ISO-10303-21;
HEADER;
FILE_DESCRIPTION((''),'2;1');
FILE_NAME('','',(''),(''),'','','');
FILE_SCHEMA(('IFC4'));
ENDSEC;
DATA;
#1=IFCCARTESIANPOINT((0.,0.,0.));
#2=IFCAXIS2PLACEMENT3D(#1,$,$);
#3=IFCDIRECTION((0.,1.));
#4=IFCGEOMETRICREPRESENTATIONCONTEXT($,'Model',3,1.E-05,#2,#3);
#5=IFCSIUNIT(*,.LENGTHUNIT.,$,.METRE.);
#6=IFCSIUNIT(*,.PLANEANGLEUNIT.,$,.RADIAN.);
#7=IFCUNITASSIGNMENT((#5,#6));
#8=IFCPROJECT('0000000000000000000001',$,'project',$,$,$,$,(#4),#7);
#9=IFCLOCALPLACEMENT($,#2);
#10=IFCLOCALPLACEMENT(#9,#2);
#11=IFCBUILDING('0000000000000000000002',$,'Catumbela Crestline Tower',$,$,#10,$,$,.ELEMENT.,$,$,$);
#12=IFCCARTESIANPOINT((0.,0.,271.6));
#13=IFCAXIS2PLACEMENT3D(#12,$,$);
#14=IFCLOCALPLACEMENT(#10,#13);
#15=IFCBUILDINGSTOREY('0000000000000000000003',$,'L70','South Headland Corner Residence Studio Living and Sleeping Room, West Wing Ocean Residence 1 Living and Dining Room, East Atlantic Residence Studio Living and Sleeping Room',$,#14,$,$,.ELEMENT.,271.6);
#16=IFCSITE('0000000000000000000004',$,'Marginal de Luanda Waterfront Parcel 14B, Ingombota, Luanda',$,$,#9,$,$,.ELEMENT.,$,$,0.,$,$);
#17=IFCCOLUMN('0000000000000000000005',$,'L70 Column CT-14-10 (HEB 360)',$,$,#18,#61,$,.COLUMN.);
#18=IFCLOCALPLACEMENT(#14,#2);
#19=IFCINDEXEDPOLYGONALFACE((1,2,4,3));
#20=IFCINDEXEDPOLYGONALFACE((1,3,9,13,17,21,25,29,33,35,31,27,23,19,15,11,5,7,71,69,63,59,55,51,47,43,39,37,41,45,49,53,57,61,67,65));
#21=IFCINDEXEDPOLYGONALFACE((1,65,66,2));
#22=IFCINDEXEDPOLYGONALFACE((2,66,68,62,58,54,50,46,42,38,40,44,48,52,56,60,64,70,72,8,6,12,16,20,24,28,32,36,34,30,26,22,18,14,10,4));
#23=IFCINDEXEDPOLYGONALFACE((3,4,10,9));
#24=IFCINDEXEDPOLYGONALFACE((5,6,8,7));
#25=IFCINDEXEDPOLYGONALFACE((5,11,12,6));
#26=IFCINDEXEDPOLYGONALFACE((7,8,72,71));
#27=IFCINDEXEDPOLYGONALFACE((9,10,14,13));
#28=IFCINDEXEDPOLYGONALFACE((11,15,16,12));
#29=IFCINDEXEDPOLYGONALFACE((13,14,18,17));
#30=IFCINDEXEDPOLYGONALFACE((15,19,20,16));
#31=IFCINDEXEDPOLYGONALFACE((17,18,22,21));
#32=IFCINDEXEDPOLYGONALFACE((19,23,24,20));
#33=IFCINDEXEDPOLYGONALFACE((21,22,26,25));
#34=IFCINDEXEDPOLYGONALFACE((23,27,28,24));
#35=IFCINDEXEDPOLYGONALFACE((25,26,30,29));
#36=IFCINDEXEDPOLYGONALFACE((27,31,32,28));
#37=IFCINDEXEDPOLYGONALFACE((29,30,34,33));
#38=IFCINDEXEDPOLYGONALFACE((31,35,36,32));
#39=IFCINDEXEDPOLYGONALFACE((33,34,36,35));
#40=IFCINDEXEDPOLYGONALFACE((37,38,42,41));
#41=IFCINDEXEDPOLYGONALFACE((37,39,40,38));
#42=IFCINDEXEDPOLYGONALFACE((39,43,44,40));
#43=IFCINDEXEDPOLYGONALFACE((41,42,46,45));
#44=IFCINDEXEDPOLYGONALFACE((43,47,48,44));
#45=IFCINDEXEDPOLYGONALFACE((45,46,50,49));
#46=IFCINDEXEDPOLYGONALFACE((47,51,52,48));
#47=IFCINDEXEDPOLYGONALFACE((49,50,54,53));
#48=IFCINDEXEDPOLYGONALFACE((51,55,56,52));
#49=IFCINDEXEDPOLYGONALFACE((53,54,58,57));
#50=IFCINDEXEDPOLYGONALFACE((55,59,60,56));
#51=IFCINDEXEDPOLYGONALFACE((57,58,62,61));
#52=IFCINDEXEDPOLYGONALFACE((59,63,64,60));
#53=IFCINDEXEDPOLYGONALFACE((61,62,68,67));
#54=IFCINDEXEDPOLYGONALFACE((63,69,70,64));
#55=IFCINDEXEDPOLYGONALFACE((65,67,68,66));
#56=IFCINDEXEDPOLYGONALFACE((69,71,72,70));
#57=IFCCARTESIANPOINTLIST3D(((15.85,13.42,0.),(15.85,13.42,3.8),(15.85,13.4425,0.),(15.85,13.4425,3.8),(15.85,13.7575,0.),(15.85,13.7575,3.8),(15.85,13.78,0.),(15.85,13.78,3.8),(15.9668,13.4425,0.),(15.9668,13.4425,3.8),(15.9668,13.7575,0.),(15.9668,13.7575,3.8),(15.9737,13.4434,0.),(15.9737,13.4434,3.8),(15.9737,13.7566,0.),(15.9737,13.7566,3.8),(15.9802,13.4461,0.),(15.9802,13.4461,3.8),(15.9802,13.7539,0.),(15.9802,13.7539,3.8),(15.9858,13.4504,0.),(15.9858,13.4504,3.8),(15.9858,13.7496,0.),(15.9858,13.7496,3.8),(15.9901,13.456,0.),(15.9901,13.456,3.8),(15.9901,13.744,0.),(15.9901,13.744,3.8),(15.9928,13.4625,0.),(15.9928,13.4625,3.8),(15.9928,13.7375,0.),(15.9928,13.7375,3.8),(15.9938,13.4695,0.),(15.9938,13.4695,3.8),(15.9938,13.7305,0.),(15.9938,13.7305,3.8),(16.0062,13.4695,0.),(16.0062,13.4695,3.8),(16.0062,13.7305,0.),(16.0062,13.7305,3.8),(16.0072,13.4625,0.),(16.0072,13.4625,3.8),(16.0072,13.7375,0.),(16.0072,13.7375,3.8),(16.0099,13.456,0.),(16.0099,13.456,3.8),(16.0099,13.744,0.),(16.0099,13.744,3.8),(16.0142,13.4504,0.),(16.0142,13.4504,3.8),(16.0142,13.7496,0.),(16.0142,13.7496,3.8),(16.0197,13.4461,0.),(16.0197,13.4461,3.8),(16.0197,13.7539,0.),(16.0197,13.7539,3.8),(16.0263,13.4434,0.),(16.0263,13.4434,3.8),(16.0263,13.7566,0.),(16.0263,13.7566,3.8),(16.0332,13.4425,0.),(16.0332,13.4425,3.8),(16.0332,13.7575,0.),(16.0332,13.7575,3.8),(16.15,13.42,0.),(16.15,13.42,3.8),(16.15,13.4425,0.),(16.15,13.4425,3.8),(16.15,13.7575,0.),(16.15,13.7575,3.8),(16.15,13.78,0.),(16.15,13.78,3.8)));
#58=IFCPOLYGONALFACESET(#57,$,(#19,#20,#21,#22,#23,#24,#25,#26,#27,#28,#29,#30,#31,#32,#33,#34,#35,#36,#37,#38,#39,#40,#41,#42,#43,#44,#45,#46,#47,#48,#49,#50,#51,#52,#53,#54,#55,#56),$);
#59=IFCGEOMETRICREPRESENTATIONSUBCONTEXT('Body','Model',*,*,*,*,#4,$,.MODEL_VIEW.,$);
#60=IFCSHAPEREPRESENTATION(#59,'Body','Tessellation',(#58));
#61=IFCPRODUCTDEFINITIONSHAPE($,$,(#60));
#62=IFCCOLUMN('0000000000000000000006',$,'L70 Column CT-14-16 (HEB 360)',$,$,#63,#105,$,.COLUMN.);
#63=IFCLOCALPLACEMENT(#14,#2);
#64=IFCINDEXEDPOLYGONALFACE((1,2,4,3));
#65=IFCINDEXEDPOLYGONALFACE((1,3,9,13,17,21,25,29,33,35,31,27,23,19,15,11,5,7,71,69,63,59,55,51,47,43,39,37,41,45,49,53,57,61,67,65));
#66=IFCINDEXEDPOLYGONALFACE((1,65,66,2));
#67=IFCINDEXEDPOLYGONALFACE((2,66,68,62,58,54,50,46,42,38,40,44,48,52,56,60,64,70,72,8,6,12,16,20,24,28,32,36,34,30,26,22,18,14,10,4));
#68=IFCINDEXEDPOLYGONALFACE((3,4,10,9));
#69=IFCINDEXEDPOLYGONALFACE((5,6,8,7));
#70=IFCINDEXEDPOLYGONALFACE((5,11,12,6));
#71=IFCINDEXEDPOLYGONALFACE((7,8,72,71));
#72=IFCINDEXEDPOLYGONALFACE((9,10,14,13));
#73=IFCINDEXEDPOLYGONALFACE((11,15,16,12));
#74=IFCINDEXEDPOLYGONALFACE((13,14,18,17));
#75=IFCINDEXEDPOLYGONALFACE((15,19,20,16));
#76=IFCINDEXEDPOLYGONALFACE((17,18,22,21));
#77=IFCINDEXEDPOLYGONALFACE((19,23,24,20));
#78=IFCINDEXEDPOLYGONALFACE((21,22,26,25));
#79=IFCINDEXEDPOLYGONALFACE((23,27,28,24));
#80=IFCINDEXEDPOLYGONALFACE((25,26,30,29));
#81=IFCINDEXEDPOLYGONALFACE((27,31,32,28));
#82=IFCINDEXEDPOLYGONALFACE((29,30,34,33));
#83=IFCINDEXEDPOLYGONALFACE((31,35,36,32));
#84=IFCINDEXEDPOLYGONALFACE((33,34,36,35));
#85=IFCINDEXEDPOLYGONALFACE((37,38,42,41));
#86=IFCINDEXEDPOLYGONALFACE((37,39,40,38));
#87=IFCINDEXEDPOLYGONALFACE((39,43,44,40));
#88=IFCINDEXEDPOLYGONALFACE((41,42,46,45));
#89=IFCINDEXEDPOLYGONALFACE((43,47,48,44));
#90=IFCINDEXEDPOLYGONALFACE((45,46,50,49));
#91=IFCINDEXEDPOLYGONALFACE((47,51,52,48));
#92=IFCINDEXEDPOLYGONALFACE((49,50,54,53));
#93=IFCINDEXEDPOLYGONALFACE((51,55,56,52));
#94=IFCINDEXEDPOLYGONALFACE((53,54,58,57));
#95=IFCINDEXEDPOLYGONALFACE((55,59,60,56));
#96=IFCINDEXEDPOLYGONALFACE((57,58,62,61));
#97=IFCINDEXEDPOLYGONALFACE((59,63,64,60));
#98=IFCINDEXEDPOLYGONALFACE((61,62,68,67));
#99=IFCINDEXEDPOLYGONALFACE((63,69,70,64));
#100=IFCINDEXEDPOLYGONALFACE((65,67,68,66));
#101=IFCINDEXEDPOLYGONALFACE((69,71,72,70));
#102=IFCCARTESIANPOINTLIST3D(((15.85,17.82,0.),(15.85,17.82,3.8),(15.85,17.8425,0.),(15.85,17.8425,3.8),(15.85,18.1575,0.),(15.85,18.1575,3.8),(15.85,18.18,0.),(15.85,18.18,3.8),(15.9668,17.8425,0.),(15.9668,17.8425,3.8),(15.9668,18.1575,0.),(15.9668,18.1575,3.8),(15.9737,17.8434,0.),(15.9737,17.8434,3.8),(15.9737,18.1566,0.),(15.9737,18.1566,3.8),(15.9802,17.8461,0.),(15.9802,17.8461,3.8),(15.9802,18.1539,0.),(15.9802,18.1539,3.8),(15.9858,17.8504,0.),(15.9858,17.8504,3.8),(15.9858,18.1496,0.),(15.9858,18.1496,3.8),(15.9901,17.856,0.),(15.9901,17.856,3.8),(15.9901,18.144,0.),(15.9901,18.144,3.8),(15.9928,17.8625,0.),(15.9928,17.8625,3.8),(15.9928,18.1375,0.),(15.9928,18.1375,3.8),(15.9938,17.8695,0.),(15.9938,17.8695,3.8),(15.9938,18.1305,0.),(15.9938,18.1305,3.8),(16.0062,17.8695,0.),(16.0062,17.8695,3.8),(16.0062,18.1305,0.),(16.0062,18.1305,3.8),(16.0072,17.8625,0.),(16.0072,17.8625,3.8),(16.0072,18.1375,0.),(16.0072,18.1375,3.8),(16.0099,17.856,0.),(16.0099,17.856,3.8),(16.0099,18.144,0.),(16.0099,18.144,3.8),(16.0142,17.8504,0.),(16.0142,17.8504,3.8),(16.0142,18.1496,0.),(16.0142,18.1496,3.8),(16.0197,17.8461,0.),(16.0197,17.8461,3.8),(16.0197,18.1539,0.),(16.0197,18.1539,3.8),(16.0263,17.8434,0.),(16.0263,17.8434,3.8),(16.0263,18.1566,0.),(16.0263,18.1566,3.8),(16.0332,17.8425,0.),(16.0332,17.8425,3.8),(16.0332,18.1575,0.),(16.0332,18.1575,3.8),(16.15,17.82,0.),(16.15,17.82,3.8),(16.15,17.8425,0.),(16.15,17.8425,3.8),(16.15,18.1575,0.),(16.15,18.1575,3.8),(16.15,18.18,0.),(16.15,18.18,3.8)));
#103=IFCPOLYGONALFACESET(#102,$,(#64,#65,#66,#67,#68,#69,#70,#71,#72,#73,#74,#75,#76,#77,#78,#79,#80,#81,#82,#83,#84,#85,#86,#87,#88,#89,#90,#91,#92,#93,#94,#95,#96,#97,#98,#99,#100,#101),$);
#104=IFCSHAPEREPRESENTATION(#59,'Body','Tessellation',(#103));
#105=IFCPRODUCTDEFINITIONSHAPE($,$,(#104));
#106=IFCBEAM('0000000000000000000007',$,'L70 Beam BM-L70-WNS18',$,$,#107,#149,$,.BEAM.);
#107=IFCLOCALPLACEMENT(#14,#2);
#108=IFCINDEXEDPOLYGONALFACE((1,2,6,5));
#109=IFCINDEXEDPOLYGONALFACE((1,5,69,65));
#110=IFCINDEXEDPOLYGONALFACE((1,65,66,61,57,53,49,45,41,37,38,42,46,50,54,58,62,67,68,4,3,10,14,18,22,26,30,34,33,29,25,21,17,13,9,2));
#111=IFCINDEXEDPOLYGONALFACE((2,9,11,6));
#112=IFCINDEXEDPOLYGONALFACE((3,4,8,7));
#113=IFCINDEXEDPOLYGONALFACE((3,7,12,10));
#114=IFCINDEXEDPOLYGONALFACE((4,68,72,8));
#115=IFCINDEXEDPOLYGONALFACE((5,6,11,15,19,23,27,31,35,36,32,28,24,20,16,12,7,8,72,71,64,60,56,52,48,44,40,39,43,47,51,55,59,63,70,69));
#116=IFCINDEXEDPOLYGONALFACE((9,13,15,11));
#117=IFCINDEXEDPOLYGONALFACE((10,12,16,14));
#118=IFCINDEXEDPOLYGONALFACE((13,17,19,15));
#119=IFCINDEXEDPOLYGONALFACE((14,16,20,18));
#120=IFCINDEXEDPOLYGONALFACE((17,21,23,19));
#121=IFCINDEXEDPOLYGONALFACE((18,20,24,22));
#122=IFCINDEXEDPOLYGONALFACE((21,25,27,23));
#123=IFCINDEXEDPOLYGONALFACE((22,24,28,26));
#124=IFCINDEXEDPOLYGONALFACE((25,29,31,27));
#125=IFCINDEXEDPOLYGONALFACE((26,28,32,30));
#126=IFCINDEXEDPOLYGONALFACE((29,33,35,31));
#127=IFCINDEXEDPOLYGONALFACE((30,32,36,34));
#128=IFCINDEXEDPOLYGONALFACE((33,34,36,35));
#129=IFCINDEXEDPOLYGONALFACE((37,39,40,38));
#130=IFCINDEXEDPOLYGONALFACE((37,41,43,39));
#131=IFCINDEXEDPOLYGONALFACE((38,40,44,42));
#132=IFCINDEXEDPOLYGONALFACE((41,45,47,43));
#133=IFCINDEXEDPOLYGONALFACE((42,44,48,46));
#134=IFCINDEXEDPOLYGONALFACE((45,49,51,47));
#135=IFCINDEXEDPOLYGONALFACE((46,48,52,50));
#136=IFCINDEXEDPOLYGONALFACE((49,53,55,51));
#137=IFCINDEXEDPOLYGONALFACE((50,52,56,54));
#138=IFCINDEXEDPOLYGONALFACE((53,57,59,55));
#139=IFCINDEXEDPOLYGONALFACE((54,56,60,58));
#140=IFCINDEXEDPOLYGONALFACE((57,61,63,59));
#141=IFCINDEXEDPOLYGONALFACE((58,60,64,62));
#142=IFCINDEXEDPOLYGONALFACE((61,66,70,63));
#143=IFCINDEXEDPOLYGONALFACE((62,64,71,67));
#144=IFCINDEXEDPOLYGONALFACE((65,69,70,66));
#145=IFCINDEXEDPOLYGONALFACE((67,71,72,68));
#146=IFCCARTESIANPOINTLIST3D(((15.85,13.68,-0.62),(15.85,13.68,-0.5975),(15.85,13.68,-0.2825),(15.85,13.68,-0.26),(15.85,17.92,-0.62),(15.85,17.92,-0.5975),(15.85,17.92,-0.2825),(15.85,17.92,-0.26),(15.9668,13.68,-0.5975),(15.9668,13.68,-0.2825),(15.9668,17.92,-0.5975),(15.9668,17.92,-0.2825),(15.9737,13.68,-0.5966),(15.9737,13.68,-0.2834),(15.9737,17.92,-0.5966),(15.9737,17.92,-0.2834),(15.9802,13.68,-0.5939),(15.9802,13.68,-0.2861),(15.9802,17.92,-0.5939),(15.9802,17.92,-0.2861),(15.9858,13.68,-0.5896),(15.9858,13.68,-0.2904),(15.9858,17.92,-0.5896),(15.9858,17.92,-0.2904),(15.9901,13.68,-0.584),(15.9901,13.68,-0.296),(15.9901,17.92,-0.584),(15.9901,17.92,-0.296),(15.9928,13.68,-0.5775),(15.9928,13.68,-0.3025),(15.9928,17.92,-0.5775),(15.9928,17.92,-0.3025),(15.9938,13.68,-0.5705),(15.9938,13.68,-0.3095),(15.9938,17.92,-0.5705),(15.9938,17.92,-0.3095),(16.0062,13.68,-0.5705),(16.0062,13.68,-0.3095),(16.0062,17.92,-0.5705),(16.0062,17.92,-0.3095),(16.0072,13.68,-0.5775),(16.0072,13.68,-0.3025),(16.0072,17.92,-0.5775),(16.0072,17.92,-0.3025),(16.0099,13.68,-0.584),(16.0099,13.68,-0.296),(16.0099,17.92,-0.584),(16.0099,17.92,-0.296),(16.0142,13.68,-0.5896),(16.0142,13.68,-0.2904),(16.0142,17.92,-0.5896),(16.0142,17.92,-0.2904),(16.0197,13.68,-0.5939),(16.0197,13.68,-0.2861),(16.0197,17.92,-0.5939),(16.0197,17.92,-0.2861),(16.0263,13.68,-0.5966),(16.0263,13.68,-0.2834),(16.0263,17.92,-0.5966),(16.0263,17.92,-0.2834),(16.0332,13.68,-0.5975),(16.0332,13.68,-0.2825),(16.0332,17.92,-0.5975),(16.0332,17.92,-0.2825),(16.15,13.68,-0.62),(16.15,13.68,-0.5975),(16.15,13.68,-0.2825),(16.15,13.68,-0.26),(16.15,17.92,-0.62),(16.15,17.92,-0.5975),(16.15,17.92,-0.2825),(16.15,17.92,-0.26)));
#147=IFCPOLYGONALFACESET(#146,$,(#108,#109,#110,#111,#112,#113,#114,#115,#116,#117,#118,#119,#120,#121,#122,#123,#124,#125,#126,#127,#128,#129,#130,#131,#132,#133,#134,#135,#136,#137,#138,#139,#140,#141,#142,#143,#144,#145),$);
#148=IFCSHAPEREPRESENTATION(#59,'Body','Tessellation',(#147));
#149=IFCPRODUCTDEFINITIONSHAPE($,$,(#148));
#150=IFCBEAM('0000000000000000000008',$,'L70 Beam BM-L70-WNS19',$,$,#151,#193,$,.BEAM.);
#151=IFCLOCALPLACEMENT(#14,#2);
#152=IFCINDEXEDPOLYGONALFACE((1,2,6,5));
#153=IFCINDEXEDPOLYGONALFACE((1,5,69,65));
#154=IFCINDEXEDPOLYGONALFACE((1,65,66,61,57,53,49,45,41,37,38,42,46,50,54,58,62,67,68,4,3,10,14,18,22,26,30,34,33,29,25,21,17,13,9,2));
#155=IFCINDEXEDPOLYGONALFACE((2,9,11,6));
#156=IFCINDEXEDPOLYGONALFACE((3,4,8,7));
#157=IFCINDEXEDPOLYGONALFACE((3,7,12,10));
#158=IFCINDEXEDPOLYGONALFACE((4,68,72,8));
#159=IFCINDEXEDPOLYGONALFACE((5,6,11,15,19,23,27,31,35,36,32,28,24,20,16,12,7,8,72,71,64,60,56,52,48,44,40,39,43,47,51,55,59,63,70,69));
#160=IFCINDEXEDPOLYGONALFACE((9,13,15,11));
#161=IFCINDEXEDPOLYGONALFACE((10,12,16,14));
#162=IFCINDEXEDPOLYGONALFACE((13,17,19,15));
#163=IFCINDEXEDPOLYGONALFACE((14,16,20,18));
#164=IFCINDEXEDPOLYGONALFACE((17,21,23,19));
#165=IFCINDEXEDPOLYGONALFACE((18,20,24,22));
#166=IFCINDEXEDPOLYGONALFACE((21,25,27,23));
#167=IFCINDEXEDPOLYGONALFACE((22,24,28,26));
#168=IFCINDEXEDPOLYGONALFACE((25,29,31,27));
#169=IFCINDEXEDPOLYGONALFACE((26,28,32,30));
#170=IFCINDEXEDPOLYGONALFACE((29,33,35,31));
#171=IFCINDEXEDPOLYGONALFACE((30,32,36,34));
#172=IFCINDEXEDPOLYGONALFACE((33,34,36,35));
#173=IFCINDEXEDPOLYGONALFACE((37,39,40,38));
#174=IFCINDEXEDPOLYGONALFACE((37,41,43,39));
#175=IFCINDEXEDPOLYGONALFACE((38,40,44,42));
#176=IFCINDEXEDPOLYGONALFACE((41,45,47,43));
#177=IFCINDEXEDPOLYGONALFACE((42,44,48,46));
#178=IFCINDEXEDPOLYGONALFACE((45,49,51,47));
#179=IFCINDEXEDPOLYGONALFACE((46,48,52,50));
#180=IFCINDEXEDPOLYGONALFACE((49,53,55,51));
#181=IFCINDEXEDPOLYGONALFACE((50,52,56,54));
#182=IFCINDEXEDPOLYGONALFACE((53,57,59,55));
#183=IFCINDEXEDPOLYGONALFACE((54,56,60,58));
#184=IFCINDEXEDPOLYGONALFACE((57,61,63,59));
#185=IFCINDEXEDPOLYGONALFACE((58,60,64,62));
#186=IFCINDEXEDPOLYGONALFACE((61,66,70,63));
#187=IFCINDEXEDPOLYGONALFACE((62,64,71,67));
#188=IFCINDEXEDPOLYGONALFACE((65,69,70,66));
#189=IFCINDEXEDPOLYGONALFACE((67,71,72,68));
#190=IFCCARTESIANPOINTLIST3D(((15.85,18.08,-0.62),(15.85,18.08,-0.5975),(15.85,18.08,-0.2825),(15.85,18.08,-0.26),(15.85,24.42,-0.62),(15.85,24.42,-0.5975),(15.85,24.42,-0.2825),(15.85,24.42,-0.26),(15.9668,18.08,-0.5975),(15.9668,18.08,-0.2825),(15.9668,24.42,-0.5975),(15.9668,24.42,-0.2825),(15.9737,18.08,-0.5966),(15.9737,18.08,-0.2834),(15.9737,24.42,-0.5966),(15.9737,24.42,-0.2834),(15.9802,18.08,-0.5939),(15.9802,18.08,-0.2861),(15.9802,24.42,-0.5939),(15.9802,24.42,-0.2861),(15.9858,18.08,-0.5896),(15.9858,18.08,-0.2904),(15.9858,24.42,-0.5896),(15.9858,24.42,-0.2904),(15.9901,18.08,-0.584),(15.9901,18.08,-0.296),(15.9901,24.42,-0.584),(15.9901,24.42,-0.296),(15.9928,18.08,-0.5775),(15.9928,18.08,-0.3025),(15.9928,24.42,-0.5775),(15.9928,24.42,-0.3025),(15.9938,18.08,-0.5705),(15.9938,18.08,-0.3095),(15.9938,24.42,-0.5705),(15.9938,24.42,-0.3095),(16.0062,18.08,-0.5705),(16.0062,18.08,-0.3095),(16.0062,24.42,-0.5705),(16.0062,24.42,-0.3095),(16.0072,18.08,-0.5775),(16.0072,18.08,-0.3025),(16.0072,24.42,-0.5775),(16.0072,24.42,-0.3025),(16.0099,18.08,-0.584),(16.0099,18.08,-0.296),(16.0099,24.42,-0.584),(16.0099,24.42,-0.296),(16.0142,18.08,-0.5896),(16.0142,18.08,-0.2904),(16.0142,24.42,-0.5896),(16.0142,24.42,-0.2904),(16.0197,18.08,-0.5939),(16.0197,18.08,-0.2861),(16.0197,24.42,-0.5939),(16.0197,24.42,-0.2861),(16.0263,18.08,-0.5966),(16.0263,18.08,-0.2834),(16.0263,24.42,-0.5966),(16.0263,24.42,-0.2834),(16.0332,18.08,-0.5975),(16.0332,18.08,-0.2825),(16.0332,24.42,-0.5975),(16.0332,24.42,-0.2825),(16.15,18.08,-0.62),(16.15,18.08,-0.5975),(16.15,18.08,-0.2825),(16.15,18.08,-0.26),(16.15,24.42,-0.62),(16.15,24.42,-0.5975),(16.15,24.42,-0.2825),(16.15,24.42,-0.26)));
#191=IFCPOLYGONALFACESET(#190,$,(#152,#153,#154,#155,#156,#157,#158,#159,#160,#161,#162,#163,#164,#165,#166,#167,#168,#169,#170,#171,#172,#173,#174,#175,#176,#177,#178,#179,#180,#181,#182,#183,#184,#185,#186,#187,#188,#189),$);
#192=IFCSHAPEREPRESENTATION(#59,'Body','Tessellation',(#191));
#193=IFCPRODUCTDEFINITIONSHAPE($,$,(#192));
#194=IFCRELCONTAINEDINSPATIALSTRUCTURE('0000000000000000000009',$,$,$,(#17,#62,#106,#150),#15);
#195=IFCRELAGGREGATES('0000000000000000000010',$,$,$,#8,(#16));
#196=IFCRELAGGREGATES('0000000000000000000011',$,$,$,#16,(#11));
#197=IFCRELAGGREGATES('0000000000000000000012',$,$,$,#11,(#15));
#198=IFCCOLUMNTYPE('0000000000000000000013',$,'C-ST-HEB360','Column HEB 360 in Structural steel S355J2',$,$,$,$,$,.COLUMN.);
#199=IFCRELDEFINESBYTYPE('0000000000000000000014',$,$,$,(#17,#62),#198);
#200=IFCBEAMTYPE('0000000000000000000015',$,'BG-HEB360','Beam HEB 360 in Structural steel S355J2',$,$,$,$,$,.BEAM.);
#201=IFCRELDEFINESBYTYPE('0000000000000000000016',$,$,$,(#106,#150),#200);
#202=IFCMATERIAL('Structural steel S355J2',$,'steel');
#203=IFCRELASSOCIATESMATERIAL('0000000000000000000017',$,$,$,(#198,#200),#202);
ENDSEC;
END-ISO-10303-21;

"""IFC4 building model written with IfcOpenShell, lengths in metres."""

from ifc_helpers import new_model, si_unit, direction, frame, origin, origin_2d, place, context, subcontext, project, spatial, i_section, extrude, material, material_profile, profile_set, type_object, element, save


model = new_model("IFC4")

# Units and contexts
model_context = context("Model", 3, precision=1e-05, world=origin(), true_north=direction((0.0, 1.0)))
body_context = subcontext(model_context, "Body", "Model", "MODEL_VIEW")
ifc_project = project(units=[si_unit("LENGTHUNIT", "METRE"), si_unit("PLANEANGLEUNIT", "RADIAN")], contexts=[model_context])

# Site, building, storey
site_placement = place(None, origin())
site = spatial("IfcSite", under=ifc_project, at=site_placement, Name="Marginal de Luanda Waterfront Parcel 14B, Ingombota, Luanda", CompositionType="ELEMENT", RefElevation=0.0)
building_placement = place(site_placement, origin())
building = spatial("IfcBuilding", under=site, at=building_placement, Name="Catumbela Crestline Tower", CompositionType="ELEMENT")
storey_placement = place(building_placement, frame((0.0, 0.0, 271.6)))
storey = spatial("IfcBuildingStorey", under=building, at=storey_placement, Name="L70", Description="South Headland Corner Residence Studio Living and Sleeping Room, West Wing Ocean Residence 1 Living and Dining Room, East Atlantic Residence Studio Living and Sleeping Room", CompositionType="ELEMENT", Elevation=271.6)

# Columns
ifc_material_1 = material(Name="Structural steel S355J2", Category="steel")
ifc_material_profile_1 = material_profile(ifc_material_1, i_section(OverallWidth=0.3, OverallDepth=0.36, WebThickness=0.0125, FlangeThickness=0.0225, FilletRadius=0.027, at=origin_2d()), Name="HEB 360")
ifc_profile_set_1 = profile_set([ifc_material_profile_1], Name="Structural steel S355J2")
column_type = type_object("IfcColumnType", Name="C-ST-HEB360", Description="Column HEB 360 in Structural steel S355J2", PredefinedType="COLUMN", material=ifc_profile_set_1)
for number, where, z_axis, x_axis, name in (
    (1, (16.0, 13.6, 0.0), (0.0, 0.0, 1.0), (1.0, 0.0, 0.0), "L70 Column CT-14-10 (HEB 360)"),
    (2, (16.0, 18.0, 0.0), (0.0, 0.0, 1.0), (1.0, 0.0, 0.0), "L70 Column CT-14-16 (HEB 360)"),
):
    element("IfcColumn", number, at=place(storey_placement, frame(where, z_axis=z_axis, x_axis=x_axis)), inside=storey, type_object=column_type, Name=name, PredefinedType="COLUMN", context=body_context, shape_type="SweptSolid", body=[
        extrude(i_section(OverallWidth=0.3, OverallDepth=0.36, WebThickness=0.0125, FlangeThickness=0.0225, FilletRadius=0.027, at=origin_2d()), origin(), (0.0, 0.0, 1.0), 3.8),
    ])

# Beams
ifc_material_profile_2 = material_profile(ifc_material_1, i_section(OverallWidth=0.3, OverallDepth=0.36, WebThickness=0.0125, FlangeThickness=0.0225, FilletRadius=0.027, at=origin_2d()), Name="HEB 360")
ifc_profile_set_2 = profile_set([ifc_material_profile_2], Name="Structural steel S355J2")
beam_type = type_object("IfcBeamType", Name="BG-HEB360", Description="Beam HEB 360 in Structural steel S355J2", PredefinedType="BEAM", material=ifc_profile_set_2)
beam_1_placement = place(storey_placement, frame((16.0, 13.68, -0.44), z_axis=(0.0, 1.0, 0.0), x_axis=(-1.0, 0.0, 0.0)))
element("IfcBeam", 3, at=beam_1_placement, inside=storey, type_object=beam_type, Name="L70 Beam BM-L70-WNS18", PredefinedType="BEAM", context=body_context, shape_type="SweptSolid", body=[
    extrude(i_section(OverallWidth=0.3, OverallDepth=0.36, WebThickness=0.0125, FlangeThickness=0.0225, FilletRadius=0.027, at=origin_2d()), origin(), (0.0, 0.0, 1.0), 4.24),
])
beam_2_placement = place(storey_placement, frame((16.0, 18.08, -0.44), z_axis=(0.0, 1.0, 0.0), x_axis=(-1.0, 0.0, 0.0)))
element("IfcBeam", 4, at=beam_2_placement, inside=storey, type_object=beam_type, Name="L70 Beam BM-L70-WNS19", PredefinedType="BEAM", context=body_context, shape_type="SweptSolid", body=[
    extrude(i_section(OverallWidth=0.3, OverallDepth=0.36, WebThickness=0.0125, FlangeThickness=0.0225, FilletRadius=0.027, at=origin_2d()), origin(), (0.0, 0.0, 1.0), 6.34),
])

save(model, "model.ifc")
